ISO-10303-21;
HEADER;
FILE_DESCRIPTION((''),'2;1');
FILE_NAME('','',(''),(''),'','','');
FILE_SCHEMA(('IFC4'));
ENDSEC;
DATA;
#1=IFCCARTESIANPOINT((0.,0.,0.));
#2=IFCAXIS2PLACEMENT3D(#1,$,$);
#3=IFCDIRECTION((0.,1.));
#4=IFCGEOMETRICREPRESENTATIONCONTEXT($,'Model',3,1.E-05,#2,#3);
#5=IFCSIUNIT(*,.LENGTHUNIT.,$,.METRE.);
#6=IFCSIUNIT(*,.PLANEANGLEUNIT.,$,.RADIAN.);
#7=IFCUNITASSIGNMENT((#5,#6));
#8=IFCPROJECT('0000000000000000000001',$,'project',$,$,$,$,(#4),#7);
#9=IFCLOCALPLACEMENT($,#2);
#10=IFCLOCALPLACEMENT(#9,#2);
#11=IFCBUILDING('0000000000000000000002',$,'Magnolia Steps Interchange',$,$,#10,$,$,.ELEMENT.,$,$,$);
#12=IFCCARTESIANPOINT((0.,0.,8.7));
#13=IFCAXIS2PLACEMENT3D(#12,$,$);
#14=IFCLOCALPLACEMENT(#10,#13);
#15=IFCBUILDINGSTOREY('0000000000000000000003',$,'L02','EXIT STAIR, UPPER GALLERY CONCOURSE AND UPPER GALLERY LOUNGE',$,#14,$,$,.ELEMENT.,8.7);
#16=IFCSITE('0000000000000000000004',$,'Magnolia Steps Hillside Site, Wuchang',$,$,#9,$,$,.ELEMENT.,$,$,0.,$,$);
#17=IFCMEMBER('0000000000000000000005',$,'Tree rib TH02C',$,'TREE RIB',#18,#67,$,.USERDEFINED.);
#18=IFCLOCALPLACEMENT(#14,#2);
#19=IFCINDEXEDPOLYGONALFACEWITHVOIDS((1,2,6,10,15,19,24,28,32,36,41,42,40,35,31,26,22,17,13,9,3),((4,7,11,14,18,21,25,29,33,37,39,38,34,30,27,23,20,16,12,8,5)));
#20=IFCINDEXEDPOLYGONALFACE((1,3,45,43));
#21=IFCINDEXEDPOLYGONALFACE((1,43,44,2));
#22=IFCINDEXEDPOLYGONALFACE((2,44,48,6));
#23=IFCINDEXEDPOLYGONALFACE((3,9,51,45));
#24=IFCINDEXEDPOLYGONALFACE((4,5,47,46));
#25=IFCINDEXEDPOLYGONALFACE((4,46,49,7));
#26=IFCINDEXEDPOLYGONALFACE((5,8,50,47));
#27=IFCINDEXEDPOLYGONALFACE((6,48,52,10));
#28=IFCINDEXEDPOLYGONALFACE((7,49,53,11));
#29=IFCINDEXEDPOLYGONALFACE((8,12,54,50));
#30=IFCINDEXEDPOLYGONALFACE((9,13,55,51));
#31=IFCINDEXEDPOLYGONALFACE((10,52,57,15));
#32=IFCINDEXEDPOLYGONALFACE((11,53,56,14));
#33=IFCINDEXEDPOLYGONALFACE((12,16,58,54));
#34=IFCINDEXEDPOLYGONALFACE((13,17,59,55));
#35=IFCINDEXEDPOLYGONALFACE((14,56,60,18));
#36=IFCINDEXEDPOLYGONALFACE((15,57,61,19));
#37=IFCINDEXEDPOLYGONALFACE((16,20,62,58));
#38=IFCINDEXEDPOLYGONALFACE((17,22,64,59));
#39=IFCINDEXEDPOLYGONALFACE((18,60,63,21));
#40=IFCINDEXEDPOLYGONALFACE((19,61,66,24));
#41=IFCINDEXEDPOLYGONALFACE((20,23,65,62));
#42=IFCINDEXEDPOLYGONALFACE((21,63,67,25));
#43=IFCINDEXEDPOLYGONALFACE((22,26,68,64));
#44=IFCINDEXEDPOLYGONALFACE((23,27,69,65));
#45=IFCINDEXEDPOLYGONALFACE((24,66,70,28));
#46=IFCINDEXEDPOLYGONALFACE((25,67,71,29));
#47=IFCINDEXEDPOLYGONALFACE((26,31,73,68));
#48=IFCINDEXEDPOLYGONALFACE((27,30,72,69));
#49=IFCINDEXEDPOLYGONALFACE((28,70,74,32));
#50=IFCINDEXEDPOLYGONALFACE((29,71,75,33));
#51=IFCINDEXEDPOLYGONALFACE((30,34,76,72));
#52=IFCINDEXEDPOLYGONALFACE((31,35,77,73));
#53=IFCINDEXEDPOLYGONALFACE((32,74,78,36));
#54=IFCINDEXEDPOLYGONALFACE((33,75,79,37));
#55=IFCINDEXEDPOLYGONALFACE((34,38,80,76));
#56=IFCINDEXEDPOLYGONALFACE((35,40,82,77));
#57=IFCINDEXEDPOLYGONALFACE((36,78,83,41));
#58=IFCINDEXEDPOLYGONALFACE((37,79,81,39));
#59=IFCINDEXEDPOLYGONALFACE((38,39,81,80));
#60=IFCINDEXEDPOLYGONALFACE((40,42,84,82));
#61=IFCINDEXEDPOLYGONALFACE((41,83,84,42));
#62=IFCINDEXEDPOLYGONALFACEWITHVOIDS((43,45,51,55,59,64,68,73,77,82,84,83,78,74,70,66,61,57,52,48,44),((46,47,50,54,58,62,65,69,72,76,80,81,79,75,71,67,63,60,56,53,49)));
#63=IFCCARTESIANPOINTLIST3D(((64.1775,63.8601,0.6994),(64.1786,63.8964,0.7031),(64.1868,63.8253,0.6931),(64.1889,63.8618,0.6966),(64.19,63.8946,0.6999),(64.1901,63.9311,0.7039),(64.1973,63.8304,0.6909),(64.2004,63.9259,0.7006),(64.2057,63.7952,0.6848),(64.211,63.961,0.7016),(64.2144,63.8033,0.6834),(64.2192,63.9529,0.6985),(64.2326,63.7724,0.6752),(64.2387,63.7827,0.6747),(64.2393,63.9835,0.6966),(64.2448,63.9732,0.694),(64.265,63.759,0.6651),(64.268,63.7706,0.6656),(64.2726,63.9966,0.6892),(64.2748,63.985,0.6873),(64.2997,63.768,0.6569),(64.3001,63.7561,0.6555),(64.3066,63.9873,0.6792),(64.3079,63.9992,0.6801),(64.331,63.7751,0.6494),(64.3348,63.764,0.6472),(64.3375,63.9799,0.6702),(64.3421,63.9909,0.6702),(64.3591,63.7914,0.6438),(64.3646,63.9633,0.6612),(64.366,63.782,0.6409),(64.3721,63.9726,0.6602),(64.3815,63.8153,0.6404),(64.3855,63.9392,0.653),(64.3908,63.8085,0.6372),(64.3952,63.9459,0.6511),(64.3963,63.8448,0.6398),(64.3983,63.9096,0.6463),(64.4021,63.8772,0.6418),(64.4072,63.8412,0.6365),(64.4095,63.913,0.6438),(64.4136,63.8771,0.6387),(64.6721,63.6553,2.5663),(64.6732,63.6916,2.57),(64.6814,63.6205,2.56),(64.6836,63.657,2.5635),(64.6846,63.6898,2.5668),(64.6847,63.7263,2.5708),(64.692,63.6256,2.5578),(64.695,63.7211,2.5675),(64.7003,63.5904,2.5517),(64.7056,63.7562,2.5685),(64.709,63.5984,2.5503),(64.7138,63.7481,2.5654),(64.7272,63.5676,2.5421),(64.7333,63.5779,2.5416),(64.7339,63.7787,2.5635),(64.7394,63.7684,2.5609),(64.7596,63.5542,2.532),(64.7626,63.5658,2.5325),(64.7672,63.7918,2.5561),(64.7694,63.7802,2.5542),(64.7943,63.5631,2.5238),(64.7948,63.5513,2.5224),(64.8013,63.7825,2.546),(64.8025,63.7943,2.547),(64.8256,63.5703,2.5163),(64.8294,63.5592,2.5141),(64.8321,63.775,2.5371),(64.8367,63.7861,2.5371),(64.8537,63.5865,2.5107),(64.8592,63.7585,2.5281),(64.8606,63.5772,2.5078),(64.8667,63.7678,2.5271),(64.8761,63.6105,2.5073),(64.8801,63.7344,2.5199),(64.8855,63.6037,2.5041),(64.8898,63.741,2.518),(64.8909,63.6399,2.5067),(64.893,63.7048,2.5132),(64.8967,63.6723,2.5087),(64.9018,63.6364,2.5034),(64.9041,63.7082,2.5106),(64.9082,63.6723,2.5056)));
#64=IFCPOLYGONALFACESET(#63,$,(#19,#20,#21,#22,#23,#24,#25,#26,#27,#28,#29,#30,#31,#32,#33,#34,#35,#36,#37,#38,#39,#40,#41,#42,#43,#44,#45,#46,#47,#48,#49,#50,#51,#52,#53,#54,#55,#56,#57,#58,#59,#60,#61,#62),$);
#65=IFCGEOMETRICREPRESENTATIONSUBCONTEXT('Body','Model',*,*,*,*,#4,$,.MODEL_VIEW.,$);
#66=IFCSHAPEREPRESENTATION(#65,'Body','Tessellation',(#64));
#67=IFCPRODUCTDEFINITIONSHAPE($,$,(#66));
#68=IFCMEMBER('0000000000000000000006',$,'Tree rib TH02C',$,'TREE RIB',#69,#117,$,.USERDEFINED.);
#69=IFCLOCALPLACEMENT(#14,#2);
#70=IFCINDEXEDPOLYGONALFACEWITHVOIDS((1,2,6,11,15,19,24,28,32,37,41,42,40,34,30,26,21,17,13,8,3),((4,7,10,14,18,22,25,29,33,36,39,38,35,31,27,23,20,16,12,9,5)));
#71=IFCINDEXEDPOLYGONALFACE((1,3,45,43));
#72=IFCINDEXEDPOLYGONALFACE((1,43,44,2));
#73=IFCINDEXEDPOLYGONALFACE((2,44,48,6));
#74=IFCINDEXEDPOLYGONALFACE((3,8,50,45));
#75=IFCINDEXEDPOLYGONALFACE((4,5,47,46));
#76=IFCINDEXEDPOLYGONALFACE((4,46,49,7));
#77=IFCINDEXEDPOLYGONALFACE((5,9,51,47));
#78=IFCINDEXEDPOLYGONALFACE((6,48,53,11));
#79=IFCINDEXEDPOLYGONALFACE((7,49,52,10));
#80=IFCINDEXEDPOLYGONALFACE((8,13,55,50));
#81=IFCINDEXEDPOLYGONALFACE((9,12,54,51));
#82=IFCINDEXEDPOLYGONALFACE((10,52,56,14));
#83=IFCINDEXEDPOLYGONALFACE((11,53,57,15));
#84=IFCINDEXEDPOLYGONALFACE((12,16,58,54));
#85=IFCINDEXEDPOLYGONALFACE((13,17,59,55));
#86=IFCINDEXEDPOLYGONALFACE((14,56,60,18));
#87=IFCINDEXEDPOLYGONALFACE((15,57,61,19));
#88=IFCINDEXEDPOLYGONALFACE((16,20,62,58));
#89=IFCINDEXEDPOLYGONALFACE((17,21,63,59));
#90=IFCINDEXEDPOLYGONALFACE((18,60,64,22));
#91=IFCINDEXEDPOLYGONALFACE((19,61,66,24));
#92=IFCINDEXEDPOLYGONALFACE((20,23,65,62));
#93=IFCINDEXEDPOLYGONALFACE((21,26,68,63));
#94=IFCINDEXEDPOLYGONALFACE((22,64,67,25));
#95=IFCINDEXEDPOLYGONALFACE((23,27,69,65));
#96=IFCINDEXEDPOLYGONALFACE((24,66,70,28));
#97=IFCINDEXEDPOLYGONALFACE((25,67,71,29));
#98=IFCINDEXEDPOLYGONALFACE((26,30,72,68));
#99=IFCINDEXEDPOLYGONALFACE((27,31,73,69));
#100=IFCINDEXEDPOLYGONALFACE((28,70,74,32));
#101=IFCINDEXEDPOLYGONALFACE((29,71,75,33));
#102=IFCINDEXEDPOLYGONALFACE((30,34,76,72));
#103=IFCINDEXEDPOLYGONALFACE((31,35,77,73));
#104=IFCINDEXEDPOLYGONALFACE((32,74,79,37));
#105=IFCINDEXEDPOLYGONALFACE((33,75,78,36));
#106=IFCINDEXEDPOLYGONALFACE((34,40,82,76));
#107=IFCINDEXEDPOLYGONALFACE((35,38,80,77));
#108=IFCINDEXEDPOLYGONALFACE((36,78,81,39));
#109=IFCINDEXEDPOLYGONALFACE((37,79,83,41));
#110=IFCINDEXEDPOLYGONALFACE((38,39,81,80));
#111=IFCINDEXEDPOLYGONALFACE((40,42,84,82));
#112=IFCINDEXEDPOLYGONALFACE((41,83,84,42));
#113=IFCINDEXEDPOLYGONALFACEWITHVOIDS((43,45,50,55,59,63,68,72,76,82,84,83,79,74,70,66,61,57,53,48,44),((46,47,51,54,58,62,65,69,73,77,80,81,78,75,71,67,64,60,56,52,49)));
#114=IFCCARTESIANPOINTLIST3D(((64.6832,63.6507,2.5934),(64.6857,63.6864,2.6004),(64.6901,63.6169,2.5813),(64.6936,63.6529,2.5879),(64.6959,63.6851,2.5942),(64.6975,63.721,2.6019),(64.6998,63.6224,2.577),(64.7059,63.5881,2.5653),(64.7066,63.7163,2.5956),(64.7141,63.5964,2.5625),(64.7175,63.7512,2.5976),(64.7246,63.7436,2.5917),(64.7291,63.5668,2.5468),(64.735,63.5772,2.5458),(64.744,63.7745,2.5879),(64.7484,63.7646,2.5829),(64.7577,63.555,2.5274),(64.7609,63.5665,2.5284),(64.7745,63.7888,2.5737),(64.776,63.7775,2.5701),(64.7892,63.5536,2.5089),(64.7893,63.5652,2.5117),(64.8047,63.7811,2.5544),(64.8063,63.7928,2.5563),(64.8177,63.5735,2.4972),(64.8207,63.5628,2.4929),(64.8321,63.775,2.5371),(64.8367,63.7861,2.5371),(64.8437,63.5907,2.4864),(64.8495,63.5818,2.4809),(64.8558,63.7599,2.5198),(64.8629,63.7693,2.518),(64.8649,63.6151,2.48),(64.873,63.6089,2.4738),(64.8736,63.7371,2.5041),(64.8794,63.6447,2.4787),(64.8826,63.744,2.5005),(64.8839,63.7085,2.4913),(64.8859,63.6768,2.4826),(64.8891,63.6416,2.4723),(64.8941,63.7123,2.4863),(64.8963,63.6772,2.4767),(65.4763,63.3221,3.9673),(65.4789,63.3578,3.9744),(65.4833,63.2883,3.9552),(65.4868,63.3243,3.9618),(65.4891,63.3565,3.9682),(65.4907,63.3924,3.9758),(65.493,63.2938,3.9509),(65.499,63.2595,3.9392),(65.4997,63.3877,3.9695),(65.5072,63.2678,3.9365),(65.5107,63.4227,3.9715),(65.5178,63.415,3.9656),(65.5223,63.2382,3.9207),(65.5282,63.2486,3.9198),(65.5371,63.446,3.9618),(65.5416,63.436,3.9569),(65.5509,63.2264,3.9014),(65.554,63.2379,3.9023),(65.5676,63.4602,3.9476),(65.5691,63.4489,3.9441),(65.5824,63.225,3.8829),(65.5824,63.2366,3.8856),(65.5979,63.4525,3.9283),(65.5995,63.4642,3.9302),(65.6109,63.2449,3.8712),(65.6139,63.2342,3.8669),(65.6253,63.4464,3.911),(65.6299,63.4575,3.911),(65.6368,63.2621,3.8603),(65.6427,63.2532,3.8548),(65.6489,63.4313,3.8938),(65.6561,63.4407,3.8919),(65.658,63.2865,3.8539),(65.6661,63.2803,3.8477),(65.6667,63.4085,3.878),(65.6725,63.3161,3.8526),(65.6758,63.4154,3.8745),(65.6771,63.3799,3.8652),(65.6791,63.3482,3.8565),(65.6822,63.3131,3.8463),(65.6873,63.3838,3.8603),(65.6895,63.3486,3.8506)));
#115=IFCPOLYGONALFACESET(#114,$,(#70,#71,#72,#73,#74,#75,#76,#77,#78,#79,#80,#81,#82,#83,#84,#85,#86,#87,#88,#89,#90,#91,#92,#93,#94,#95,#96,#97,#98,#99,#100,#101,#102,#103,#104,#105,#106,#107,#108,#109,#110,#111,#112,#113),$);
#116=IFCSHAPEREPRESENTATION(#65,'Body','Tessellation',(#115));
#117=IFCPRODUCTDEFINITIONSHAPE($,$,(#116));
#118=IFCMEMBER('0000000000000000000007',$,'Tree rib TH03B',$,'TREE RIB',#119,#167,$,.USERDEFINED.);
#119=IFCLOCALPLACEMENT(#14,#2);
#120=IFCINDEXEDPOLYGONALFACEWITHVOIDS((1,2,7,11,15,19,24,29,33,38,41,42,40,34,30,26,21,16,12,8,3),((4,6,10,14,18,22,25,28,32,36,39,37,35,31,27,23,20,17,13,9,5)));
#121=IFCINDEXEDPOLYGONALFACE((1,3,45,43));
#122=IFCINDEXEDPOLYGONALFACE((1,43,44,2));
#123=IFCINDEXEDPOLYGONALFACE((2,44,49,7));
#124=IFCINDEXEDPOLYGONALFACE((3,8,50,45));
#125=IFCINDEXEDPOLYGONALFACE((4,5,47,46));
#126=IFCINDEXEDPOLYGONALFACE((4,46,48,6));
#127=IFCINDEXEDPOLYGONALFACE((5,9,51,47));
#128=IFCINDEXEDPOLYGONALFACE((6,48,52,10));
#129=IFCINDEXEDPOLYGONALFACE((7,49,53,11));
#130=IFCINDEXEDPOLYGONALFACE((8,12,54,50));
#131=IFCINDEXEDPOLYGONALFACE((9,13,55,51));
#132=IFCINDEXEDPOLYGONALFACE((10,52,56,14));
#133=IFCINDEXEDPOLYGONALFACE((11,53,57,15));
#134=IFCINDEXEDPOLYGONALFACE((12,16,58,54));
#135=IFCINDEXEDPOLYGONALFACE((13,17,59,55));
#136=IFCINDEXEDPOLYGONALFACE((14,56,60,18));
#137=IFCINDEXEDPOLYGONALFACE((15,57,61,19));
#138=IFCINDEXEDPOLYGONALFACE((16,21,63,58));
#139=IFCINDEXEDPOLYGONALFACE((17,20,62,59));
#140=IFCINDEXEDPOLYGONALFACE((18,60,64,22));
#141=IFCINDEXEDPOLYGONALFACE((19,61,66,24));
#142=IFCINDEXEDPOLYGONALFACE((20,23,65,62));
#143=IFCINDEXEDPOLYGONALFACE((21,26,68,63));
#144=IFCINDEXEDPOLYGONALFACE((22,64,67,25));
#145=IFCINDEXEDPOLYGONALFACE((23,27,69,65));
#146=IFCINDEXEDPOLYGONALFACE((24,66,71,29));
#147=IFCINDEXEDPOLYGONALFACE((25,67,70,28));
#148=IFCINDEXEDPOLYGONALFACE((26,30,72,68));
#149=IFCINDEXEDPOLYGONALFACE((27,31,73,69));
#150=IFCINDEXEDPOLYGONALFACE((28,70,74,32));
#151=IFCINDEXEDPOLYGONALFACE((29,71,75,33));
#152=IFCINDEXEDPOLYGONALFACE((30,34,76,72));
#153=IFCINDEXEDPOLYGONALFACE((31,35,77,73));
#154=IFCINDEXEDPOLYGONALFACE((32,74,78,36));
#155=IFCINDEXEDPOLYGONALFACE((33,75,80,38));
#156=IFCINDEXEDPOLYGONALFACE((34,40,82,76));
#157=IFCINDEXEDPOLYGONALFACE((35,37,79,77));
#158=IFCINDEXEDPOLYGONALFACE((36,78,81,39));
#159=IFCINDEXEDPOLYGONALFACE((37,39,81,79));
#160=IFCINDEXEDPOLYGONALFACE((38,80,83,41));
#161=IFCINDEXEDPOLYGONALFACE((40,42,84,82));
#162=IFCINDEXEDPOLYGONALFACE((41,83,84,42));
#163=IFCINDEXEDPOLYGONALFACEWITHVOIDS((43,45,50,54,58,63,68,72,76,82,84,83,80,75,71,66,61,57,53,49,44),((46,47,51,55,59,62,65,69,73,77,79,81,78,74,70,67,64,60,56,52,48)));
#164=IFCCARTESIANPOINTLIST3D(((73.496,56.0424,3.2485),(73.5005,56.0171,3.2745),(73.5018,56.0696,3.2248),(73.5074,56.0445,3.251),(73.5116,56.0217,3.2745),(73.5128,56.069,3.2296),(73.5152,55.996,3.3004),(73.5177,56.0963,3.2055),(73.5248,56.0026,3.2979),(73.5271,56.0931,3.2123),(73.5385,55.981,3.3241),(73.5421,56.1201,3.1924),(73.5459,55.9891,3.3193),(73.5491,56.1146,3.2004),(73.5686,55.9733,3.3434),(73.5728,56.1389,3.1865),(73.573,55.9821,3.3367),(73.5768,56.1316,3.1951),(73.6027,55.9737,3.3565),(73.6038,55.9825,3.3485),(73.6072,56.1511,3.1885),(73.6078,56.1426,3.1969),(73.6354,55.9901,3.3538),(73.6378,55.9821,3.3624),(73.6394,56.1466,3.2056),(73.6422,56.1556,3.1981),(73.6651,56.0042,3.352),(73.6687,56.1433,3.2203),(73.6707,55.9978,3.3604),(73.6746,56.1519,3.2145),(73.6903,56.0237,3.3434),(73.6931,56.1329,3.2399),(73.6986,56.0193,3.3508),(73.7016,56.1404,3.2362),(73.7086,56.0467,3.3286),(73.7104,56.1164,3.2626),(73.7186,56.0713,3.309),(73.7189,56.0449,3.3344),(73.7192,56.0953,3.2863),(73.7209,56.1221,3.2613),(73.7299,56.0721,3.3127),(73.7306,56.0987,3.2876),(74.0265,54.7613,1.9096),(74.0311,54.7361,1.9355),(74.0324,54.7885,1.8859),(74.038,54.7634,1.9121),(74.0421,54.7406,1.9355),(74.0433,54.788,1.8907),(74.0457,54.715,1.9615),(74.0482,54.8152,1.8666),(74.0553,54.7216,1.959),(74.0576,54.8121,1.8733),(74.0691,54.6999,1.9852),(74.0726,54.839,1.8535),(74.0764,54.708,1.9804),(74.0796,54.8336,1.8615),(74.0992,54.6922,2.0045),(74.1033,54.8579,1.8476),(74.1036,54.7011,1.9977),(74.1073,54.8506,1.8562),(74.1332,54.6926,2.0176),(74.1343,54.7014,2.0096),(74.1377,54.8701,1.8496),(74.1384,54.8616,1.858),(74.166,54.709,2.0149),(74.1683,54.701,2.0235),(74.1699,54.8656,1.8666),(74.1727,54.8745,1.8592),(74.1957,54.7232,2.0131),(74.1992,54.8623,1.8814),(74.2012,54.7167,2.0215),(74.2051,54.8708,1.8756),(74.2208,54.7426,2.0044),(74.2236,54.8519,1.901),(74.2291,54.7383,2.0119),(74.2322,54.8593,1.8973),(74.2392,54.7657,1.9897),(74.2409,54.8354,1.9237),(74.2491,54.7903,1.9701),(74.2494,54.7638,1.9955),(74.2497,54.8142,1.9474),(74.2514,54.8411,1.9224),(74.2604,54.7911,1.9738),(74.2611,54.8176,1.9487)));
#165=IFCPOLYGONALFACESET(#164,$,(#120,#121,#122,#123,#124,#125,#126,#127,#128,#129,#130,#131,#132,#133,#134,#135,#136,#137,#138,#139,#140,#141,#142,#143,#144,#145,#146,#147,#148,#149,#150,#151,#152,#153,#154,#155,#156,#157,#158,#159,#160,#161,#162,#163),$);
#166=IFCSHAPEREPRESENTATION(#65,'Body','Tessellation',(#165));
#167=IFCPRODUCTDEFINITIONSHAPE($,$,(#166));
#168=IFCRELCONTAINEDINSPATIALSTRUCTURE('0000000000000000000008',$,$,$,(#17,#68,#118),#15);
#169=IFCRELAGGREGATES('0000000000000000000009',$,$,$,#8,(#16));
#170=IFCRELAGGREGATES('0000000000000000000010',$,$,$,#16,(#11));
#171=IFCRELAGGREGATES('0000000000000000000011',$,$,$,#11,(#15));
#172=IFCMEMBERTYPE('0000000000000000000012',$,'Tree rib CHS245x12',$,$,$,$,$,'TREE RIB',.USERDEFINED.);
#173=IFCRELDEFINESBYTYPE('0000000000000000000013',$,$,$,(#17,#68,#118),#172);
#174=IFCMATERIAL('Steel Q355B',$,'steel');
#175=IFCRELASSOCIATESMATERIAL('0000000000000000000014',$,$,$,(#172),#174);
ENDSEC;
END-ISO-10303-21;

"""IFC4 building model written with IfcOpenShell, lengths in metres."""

from ifc_helpers import new_model, si_unit, direction, frame, origin, origin_2d, place, context, subcontext, project, spatial, hollow_circle, extrude, material, material_profile, profile_set, type_object, element, save


model = new_model("IFC4")

# Units and contexts
model_context = context("Model", 3, precision=1e-05, world=origin(), true_north=direction((0.0, 1.0)))
body_context = subcontext(model_context, "Body", "Model", "MODEL_VIEW")
ifc_project = project(units=[si_unit("LENGTHUNIT", "METRE"), si_unit("PLANEANGLEUNIT", "RADIAN")], contexts=[model_context])

# Site, building, storey
site_placement = place(None, origin())
site = spatial("IfcSite", under=ifc_project, at=site_placement, Name="Magnolia Steps Hillside Site, Wuchang", CompositionType="ELEMENT", RefElevation=0.0)
building_placement = place(site_placement, origin())
building = spatial("IfcBuilding", under=site, at=building_placement, Name="Magnolia Steps Interchange", CompositionType="ELEMENT")
storey_placement = place(building_placement, frame((0.0, 0.0, 8.7)))
storey = spatial("IfcBuildingStorey", under=building, at=storey_placement, Name="L02", Description="EXIT STAIR, UPPER GALLERY CONCOURSE AND UPPER GALLERY LOUNGE", CompositionType="ELEMENT", Elevation=8.7)

# Members
ifc_material_1 = material(Name="Steel Q355B", Category="steel")
ifc_material_profile_1 = material_profile(ifc_material_1, hollow_circle(Radius=0.1226, WallThickness=0.012, at=origin_2d()), Name="CHS245x12")
ifc_profile_set_1 = profile_set([ifc_material_profile_1], Name="Steel Q355B")
member_type = type_object("IfcMemberType", Name="Tree rib CHS245x12", ElementType="TREE RIB", PredefinedType="USERDEFINED", material=ifc_profile_set_1)
member_1_placement = place(storey_placement, frame((64.2952, 63.8777, 0.6702), z_axis=(0.254676, -0.105466, 0.961258), x_axis=(0.382607, 0.923911, 0.0)))
element("IfcMember", 1, at=member_1_placement, inside=storey, type_object=member_type, Name="Tree rib TH02C", ObjectType="TREE RIB", PredefinedType="USERDEFINED", context=body_context, shape_type="SweptSolid", body=[
    extrude(hollow_circle(Radius=0.1226, WallThickness=0.012, at=origin_2d()), origin(), (0.0, 0.0, 1.0), 1.9421),
])
member_2_placement = place(storey_placement, frame((64.7898, 63.6729, 2.5371), z_axis=(0.489571, -0.20282, 0.848047), x_axis=(0.382737, 0.923857, 0.0)))
element("IfcMember", 2, at=member_2_placement, inside=storey, type_object=member_type, Name="Tree rib TH02C", ObjectType="TREE RIB", PredefinedType="USERDEFINED", context=body_context, shape_type="SweptSolid", body=[
    extrude(hollow_circle(Radius=0.1226, WallThickness=0.012, at=origin_2d()), origin(), (0.0, 0.0, 1.0), 1.6201),
])
member_3_placement = place(storey_placement, frame((74.1443, 54.783, 1.9355), z_axis=(-0.275246, 0.664618, 0.694638), x_axis=(-0.923903, -0.382627, 0.0)))
element("IfcMember", 3, at=member_3_placement, inside=storey, type_object=member_type, Name="Tree rib TH03B", ObjectType="TREE RIB", PredefinedType="USERDEFINED", context=body_context, shape_type="SweptSolid", body=[
    extrude(hollow_circle(Radius=0.1226, WallThickness=0.012, at=origin_2d()), origin(), (0.0, 0.0, 1.0), 1.9275),
])

save(model, "model.ifc")
